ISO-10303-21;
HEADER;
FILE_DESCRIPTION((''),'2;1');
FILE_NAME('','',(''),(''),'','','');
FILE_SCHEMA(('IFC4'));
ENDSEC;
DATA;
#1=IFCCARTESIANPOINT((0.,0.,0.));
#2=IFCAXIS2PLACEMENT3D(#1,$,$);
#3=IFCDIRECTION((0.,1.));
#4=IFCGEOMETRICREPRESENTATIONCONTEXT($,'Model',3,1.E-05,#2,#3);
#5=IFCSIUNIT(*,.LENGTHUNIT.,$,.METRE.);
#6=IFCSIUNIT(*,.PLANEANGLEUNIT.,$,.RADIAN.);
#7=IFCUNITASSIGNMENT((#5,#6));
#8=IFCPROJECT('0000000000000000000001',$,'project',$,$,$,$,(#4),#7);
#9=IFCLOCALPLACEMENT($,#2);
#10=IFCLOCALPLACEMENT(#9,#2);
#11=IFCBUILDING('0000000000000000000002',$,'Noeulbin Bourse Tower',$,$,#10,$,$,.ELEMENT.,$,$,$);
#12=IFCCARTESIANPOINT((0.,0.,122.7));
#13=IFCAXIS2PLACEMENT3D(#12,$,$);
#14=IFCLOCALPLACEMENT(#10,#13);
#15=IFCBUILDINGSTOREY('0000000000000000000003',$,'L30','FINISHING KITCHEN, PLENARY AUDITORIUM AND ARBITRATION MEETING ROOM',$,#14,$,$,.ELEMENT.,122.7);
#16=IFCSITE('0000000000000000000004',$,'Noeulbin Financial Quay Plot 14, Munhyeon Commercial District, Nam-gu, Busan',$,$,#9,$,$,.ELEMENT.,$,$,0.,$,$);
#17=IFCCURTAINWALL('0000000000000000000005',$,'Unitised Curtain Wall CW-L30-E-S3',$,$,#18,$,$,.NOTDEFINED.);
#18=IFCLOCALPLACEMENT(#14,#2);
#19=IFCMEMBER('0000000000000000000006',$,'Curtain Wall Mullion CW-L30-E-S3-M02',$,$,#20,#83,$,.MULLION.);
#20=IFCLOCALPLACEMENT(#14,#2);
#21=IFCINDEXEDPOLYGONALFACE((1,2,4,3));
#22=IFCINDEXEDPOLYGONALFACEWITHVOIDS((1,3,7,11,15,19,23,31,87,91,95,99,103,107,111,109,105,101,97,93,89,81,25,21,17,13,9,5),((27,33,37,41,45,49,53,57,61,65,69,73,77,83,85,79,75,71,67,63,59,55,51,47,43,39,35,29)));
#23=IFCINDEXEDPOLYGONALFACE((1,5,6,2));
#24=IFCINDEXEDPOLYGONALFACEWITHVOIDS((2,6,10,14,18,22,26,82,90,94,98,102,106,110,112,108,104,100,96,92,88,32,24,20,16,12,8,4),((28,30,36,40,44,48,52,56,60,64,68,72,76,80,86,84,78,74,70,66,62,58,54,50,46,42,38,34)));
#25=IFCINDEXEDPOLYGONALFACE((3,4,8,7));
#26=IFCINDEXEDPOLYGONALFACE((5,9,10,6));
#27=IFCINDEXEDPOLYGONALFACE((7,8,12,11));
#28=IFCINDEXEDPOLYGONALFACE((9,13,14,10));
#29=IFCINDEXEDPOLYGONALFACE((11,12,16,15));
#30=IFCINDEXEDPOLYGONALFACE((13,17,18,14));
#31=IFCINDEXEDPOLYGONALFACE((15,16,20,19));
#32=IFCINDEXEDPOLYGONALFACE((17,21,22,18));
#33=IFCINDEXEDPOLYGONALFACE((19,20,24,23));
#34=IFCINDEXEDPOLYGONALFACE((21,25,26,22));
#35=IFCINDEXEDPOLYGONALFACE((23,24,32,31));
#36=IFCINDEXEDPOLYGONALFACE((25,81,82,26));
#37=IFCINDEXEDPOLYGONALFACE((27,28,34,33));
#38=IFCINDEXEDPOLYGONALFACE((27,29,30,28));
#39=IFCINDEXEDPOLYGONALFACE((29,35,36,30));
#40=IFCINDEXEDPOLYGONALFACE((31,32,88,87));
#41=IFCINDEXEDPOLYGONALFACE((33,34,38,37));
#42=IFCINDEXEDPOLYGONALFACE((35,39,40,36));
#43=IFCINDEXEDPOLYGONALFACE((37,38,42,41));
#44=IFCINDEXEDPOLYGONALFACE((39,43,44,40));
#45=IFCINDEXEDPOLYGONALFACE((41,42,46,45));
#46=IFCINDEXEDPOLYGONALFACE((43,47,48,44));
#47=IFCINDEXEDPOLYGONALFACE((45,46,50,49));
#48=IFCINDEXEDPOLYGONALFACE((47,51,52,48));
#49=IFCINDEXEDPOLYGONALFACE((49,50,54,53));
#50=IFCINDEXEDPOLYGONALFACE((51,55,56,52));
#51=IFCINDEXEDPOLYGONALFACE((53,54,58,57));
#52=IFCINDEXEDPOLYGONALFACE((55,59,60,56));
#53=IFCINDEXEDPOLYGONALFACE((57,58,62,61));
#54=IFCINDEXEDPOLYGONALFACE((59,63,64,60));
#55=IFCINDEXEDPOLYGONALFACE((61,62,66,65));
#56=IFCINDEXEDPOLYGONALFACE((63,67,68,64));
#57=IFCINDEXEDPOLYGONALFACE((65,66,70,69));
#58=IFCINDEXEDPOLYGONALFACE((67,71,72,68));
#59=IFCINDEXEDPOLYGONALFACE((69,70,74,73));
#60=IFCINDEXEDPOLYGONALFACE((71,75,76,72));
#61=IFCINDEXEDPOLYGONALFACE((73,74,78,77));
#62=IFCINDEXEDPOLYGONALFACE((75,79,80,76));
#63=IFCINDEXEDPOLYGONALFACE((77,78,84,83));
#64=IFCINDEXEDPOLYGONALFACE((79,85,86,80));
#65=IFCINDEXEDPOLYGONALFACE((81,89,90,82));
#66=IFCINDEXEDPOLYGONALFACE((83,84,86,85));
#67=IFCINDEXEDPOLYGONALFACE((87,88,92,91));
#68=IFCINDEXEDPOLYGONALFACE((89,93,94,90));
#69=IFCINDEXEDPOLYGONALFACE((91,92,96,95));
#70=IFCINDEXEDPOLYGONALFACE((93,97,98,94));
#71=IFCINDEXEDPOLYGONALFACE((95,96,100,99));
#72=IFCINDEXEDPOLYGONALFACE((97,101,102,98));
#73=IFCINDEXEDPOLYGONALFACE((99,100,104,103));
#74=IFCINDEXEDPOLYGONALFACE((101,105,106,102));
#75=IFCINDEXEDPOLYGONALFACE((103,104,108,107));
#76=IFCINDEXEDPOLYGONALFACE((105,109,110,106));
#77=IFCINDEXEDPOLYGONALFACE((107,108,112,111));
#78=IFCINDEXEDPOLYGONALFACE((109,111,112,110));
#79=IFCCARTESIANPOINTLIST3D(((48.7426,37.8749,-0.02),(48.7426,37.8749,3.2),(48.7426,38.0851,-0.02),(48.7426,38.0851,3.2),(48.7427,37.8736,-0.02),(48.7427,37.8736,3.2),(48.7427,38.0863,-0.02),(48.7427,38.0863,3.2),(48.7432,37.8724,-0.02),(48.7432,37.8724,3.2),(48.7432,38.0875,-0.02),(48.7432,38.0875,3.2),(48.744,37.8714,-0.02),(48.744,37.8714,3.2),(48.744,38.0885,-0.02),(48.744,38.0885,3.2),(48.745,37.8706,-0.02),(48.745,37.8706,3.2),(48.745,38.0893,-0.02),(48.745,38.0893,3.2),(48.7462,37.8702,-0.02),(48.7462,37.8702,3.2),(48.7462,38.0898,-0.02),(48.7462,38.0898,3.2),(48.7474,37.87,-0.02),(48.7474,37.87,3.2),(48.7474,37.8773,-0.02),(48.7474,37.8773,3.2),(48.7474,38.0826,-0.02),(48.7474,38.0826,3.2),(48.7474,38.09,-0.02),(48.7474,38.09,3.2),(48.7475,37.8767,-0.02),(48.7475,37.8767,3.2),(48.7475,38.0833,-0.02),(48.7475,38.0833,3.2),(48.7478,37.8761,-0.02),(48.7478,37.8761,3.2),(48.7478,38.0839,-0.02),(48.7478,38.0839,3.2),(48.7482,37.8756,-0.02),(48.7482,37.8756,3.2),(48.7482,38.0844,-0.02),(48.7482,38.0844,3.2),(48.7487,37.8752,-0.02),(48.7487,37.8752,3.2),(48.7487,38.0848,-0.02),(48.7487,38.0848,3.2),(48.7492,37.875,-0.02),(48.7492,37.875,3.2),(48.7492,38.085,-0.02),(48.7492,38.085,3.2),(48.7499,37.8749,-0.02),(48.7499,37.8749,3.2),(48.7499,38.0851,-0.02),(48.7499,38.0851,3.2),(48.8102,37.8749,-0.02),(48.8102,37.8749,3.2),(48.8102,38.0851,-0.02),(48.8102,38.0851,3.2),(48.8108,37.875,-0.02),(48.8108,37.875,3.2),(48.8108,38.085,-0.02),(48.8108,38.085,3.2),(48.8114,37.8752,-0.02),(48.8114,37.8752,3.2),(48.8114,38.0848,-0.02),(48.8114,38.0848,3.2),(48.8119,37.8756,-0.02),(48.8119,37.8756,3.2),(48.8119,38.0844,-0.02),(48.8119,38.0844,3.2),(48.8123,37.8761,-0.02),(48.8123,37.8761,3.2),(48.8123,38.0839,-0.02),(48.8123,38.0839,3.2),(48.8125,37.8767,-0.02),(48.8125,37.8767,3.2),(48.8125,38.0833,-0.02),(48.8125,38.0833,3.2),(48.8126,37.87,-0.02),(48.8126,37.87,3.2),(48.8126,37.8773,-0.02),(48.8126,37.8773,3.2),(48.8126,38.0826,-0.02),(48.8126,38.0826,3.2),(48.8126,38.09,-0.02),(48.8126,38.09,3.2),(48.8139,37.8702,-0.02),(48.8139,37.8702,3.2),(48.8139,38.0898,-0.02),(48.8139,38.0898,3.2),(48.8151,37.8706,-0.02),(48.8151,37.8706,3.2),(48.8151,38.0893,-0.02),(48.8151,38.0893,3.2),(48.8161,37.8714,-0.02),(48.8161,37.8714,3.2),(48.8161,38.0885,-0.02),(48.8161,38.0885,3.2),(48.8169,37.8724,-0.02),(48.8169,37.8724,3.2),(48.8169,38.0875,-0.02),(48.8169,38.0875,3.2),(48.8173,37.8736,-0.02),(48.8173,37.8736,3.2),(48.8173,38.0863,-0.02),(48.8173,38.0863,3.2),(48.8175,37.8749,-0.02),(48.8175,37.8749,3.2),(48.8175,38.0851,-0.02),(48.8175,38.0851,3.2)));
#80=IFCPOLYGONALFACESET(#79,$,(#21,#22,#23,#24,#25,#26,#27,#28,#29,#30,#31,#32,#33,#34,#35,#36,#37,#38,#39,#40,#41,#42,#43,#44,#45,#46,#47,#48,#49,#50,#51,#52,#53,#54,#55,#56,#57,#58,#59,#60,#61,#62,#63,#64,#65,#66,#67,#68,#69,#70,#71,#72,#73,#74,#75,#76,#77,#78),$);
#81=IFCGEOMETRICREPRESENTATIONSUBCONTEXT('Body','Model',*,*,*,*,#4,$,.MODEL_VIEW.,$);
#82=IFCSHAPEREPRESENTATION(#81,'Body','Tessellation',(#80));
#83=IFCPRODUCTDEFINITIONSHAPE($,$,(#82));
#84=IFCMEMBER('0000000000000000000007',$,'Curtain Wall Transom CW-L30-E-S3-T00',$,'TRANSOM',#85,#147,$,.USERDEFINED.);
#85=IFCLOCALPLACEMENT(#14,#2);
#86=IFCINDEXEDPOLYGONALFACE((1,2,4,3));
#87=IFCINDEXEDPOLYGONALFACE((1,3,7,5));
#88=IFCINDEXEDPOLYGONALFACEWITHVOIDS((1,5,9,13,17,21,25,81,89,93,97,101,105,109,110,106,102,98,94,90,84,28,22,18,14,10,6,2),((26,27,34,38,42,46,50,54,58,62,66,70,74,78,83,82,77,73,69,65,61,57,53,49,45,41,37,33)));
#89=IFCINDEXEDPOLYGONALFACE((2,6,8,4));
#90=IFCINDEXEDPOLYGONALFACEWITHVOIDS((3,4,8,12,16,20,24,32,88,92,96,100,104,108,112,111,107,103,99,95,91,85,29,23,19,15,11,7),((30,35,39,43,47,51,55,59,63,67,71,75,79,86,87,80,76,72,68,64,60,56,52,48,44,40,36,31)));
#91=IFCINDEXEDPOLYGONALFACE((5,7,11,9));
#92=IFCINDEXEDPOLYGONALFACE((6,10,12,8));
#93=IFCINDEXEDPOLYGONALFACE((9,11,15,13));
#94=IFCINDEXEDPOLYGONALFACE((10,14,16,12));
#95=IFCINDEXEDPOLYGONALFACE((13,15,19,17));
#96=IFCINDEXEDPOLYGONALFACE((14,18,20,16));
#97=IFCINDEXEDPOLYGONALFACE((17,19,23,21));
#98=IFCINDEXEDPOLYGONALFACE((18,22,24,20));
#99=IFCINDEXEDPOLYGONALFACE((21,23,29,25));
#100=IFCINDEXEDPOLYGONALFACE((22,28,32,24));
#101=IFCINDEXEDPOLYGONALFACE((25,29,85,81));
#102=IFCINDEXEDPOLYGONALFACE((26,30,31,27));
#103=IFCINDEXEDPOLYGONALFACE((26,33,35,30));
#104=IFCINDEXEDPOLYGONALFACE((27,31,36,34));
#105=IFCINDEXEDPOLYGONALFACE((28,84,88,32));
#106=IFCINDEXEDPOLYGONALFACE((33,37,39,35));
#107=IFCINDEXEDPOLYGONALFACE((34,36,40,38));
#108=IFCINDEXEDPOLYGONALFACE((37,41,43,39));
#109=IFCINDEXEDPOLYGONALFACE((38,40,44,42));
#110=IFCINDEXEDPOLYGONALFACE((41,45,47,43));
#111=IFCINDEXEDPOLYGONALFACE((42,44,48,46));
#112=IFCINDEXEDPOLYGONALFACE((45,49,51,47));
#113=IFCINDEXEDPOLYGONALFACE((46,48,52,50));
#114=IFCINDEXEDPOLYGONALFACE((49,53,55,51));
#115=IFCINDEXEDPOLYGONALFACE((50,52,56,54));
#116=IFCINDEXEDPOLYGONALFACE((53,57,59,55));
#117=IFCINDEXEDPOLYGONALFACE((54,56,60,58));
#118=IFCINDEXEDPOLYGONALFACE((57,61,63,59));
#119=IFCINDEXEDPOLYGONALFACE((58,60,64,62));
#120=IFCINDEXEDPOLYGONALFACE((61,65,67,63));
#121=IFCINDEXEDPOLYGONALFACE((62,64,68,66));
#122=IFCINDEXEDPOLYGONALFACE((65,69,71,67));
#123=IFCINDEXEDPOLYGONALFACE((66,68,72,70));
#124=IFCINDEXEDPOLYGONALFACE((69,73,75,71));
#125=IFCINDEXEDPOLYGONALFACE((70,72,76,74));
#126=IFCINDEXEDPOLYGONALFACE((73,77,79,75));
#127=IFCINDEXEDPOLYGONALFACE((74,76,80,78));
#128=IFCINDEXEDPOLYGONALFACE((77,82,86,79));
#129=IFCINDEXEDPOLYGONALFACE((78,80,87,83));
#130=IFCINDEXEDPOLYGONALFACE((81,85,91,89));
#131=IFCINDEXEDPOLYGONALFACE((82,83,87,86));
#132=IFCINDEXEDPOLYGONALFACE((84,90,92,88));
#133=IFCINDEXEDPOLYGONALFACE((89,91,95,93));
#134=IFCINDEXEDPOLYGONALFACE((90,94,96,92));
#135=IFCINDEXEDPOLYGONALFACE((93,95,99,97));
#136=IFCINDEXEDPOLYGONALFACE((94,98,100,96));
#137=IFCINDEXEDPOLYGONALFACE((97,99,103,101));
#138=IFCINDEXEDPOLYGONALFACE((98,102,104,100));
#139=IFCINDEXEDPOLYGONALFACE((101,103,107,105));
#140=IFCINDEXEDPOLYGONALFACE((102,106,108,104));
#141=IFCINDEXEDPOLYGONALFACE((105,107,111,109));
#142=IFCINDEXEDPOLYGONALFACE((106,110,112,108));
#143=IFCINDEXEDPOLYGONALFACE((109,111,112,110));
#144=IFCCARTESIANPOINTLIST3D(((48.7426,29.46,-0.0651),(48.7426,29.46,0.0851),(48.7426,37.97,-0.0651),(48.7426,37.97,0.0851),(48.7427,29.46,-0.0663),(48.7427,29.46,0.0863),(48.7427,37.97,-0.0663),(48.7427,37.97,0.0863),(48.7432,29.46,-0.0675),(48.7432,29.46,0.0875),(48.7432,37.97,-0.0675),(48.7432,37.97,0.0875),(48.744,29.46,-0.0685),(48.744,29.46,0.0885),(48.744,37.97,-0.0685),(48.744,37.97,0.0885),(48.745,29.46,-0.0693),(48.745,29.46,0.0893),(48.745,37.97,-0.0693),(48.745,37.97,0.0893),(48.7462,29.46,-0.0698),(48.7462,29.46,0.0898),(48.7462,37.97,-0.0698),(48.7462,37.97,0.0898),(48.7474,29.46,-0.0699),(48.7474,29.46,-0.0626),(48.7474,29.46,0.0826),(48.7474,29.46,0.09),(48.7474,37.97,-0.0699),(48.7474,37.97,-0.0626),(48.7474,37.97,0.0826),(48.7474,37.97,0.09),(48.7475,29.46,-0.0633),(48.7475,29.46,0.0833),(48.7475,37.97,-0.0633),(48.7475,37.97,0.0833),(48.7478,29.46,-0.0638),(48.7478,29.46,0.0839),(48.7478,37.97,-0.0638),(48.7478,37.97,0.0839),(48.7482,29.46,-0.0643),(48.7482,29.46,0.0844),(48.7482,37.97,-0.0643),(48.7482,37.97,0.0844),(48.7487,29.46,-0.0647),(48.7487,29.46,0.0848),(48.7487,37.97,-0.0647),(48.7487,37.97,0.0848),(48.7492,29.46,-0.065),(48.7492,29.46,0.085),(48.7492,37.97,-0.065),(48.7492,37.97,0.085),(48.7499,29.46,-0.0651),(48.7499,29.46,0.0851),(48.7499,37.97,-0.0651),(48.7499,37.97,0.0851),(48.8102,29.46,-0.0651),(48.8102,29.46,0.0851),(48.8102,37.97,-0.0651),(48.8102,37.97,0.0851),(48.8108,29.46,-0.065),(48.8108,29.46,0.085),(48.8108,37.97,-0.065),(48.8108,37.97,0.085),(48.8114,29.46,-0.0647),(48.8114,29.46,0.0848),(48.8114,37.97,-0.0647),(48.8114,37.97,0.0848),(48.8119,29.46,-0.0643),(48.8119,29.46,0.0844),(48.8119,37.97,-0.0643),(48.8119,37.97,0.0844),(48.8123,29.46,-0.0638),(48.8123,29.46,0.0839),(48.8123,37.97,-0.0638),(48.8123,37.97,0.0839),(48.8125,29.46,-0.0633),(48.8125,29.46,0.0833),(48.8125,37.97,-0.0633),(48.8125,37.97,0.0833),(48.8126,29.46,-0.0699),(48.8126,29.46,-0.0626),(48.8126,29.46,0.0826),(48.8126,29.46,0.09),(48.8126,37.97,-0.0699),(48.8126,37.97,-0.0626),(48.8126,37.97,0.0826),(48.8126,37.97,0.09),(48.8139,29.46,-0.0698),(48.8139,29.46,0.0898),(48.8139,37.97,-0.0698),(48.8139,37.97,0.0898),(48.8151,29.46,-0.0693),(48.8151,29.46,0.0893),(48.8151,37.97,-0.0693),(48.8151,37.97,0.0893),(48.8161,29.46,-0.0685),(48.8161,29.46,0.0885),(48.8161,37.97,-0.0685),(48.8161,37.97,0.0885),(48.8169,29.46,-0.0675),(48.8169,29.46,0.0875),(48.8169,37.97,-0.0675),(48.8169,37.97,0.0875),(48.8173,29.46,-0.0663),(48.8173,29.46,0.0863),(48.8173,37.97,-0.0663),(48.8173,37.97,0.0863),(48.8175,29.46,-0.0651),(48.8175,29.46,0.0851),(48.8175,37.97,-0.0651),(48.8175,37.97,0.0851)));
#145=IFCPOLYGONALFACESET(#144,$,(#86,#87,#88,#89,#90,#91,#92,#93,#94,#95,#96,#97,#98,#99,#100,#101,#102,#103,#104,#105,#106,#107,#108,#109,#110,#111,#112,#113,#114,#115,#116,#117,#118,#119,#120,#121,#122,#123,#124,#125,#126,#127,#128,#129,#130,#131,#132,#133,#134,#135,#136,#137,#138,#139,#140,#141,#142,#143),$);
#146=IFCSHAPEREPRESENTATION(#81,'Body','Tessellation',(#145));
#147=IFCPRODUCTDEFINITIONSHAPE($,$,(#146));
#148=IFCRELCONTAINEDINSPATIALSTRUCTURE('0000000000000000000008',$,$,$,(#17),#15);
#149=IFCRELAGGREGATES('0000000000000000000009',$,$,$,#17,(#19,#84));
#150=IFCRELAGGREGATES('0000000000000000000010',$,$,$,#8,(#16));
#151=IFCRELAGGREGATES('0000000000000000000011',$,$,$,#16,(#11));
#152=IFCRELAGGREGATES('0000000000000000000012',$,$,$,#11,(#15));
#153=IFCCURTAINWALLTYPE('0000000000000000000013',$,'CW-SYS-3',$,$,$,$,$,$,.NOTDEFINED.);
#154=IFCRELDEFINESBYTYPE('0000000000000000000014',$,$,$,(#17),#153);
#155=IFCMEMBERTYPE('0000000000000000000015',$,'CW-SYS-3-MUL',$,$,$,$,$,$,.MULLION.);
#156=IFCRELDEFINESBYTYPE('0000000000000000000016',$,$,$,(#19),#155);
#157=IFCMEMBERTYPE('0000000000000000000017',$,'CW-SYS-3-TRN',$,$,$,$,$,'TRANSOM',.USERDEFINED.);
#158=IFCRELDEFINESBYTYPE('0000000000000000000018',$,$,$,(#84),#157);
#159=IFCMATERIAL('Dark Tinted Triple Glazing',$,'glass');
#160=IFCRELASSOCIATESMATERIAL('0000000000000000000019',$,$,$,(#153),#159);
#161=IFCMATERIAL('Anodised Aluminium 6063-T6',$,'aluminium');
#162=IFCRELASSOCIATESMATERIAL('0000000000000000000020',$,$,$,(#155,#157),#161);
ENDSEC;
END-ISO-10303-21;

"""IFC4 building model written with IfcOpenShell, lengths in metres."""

from ifc_helpers import new_model, si_unit, direction, frame, origin, origin_2d, place, context, subcontext, project, spatial, hollow_rectangle, extrude, material, material_profile, profile_set, type_object, element, aggregate, save


model = new_model("IFC4")

# Units and contexts
model_context = context("Model", 3, precision=1e-05, world=origin(), true_north=direction((0.0, 1.0)))
body_context = subcontext(model_context, "Body", "Model", "MODEL_VIEW")
ifc_project = project(units=[si_unit("LENGTHUNIT", "METRE"), si_unit("PLANEANGLEUNIT", "RADIAN")], contexts=[model_context])

# Site, building, storey
site_placement = place(None, origin())
site = spatial("IfcSite", under=ifc_project, at=site_placement, Name="Noeulbin Financial Quay Plot 14, Munhyeon Commercial District, Nam-gu, Busan", CompositionType="ELEMENT", RefElevation=0.0)
building_placement = place(site_placement, origin())
building = spatial("IfcBuilding", under=site, at=building_placement, Name="Noeulbin Bourse Tower", CompositionType="ELEMENT")
storey_placement = place(building_placement, frame((0.0, 0.0, 122.7)))
storey = spatial("IfcBuildingStorey", under=building, at=storey_placement, Name="L30", Description="FINISHING KITCHEN, PLENARY AUDITORIUM AND ARBITRATION MEETING ROOM", CompositionType="ELEMENT", Elevation=122.7)

# Curtain wall, members
ifc_material_1 = material(Name="Dark Tinted Triple Glazing", Category="glass")
curtain_wall_type = type_object("IfcCurtainWallType", Name="CW-SYS-3", PredefinedType="NOTDEFINED", material=ifc_material_1)
ifc_material_2 = material(Name="Anodised Aluminium 6063-T6", Category="aluminium")
ifc_material_profile_1 = material_profile(ifc_material_2, hollow_rectangle(XDim=0.075, YDim=0.22, WallThickness=0.0049, InnerFilletRadius=0.0024, OuterFilletRadius=0.0049, at=origin_2d()), Name="ALU-MULL-75x220x5", Category="LoadBearing")
ifc_profile_set_1 = profile_set([ifc_material_profile_1], Name="Anodised Aluminium 6063-T6")
member_type_1 = type_object("IfcMemberType", Name="CW-SYS-3-MUL", PredefinedType="MULLION", material=ifc_profile_set_1)
curtain_wall_1_placement = place(storey_placement, origin())
curtain_wall_1 = element("IfcCurtainWall", 1, at=curtain_wall_1_placement, inside=storey, type_object=curtain_wall_type, Name="Unitised Curtain Wall CW-L30-E-S3", PredefinedType="NOTDEFINED")
member_1_placement = place(storey_placement, frame((48.78, 37.98, -0.02), z_axis=(0.0, 0.0, 1.0), x_axis=(1.0, 0.0, 0.0)))
member_1 = element("IfcMember", 2, at=member_1_placement, type_object=member_type_1, Name="Curtain Wall Mullion CW-L30-E-S3-M02", PredefinedType="MULLION", context=body_context, shape_type="SweptSolid", body=[
    extrude(hollow_rectangle(XDim=0.075, YDim=0.22, WallThickness=0.0049, InnerFilletRadius=0.0024, OuterFilletRadius=0.0049, at=origin_2d()), origin(), (0.0, 0.0, 1.0), 3.22),
])
ifc_material_profile_2 = material_profile(ifc_material_2, hollow_rectangle(XDim=0.075, YDim=0.1599, WallThickness=0.0049, InnerFilletRadius=0.0024, OuterFilletRadius=0.0049, at=origin_2d()), Name="ALU-TRAN-75x160x5", Category="LoadBearing")
ifc_profile_set_2 = profile_set([ifc_material_profile_2], Name="Anodised Aluminium 6063-T6")
member_type_2 = type_object("IfcMemberType", Name="CW-SYS-3-TRN", ElementType="TRANSOM", PredefinedType="USERDEFINED", material=ifc_profile_set_2)
member_2_placement = place(storey_placement, frame((48.78, 29.46, 0.01), z_axis=(0.0, 1.0, 0.0), x_axis=(-1.0, 0.0, 0.0)))
member_2 = element("IfcMember", 3, at=member_2_placement, type_object=member_type_2, Name="Curtain Wall Transom CW-L30-E-S3-T00", ObjectType="TRANSOM", PredefinedType="USERDEFINED", context=body_context, shape_type="SweptSolid", body=[
    extrude(hollow_rectangle(XDim=0.075, YDim=0.1599, WallThickness=0.0049, InnerFilletRadius=0.0024, OuterFilletRadius=0.0049, at=origin_2d()), origin(), (0.0, 0.0, 1.0), 8.51),
])

aggregate(curtain_wall_1, [member_1, member_2])

save(model, "model.ifc")
